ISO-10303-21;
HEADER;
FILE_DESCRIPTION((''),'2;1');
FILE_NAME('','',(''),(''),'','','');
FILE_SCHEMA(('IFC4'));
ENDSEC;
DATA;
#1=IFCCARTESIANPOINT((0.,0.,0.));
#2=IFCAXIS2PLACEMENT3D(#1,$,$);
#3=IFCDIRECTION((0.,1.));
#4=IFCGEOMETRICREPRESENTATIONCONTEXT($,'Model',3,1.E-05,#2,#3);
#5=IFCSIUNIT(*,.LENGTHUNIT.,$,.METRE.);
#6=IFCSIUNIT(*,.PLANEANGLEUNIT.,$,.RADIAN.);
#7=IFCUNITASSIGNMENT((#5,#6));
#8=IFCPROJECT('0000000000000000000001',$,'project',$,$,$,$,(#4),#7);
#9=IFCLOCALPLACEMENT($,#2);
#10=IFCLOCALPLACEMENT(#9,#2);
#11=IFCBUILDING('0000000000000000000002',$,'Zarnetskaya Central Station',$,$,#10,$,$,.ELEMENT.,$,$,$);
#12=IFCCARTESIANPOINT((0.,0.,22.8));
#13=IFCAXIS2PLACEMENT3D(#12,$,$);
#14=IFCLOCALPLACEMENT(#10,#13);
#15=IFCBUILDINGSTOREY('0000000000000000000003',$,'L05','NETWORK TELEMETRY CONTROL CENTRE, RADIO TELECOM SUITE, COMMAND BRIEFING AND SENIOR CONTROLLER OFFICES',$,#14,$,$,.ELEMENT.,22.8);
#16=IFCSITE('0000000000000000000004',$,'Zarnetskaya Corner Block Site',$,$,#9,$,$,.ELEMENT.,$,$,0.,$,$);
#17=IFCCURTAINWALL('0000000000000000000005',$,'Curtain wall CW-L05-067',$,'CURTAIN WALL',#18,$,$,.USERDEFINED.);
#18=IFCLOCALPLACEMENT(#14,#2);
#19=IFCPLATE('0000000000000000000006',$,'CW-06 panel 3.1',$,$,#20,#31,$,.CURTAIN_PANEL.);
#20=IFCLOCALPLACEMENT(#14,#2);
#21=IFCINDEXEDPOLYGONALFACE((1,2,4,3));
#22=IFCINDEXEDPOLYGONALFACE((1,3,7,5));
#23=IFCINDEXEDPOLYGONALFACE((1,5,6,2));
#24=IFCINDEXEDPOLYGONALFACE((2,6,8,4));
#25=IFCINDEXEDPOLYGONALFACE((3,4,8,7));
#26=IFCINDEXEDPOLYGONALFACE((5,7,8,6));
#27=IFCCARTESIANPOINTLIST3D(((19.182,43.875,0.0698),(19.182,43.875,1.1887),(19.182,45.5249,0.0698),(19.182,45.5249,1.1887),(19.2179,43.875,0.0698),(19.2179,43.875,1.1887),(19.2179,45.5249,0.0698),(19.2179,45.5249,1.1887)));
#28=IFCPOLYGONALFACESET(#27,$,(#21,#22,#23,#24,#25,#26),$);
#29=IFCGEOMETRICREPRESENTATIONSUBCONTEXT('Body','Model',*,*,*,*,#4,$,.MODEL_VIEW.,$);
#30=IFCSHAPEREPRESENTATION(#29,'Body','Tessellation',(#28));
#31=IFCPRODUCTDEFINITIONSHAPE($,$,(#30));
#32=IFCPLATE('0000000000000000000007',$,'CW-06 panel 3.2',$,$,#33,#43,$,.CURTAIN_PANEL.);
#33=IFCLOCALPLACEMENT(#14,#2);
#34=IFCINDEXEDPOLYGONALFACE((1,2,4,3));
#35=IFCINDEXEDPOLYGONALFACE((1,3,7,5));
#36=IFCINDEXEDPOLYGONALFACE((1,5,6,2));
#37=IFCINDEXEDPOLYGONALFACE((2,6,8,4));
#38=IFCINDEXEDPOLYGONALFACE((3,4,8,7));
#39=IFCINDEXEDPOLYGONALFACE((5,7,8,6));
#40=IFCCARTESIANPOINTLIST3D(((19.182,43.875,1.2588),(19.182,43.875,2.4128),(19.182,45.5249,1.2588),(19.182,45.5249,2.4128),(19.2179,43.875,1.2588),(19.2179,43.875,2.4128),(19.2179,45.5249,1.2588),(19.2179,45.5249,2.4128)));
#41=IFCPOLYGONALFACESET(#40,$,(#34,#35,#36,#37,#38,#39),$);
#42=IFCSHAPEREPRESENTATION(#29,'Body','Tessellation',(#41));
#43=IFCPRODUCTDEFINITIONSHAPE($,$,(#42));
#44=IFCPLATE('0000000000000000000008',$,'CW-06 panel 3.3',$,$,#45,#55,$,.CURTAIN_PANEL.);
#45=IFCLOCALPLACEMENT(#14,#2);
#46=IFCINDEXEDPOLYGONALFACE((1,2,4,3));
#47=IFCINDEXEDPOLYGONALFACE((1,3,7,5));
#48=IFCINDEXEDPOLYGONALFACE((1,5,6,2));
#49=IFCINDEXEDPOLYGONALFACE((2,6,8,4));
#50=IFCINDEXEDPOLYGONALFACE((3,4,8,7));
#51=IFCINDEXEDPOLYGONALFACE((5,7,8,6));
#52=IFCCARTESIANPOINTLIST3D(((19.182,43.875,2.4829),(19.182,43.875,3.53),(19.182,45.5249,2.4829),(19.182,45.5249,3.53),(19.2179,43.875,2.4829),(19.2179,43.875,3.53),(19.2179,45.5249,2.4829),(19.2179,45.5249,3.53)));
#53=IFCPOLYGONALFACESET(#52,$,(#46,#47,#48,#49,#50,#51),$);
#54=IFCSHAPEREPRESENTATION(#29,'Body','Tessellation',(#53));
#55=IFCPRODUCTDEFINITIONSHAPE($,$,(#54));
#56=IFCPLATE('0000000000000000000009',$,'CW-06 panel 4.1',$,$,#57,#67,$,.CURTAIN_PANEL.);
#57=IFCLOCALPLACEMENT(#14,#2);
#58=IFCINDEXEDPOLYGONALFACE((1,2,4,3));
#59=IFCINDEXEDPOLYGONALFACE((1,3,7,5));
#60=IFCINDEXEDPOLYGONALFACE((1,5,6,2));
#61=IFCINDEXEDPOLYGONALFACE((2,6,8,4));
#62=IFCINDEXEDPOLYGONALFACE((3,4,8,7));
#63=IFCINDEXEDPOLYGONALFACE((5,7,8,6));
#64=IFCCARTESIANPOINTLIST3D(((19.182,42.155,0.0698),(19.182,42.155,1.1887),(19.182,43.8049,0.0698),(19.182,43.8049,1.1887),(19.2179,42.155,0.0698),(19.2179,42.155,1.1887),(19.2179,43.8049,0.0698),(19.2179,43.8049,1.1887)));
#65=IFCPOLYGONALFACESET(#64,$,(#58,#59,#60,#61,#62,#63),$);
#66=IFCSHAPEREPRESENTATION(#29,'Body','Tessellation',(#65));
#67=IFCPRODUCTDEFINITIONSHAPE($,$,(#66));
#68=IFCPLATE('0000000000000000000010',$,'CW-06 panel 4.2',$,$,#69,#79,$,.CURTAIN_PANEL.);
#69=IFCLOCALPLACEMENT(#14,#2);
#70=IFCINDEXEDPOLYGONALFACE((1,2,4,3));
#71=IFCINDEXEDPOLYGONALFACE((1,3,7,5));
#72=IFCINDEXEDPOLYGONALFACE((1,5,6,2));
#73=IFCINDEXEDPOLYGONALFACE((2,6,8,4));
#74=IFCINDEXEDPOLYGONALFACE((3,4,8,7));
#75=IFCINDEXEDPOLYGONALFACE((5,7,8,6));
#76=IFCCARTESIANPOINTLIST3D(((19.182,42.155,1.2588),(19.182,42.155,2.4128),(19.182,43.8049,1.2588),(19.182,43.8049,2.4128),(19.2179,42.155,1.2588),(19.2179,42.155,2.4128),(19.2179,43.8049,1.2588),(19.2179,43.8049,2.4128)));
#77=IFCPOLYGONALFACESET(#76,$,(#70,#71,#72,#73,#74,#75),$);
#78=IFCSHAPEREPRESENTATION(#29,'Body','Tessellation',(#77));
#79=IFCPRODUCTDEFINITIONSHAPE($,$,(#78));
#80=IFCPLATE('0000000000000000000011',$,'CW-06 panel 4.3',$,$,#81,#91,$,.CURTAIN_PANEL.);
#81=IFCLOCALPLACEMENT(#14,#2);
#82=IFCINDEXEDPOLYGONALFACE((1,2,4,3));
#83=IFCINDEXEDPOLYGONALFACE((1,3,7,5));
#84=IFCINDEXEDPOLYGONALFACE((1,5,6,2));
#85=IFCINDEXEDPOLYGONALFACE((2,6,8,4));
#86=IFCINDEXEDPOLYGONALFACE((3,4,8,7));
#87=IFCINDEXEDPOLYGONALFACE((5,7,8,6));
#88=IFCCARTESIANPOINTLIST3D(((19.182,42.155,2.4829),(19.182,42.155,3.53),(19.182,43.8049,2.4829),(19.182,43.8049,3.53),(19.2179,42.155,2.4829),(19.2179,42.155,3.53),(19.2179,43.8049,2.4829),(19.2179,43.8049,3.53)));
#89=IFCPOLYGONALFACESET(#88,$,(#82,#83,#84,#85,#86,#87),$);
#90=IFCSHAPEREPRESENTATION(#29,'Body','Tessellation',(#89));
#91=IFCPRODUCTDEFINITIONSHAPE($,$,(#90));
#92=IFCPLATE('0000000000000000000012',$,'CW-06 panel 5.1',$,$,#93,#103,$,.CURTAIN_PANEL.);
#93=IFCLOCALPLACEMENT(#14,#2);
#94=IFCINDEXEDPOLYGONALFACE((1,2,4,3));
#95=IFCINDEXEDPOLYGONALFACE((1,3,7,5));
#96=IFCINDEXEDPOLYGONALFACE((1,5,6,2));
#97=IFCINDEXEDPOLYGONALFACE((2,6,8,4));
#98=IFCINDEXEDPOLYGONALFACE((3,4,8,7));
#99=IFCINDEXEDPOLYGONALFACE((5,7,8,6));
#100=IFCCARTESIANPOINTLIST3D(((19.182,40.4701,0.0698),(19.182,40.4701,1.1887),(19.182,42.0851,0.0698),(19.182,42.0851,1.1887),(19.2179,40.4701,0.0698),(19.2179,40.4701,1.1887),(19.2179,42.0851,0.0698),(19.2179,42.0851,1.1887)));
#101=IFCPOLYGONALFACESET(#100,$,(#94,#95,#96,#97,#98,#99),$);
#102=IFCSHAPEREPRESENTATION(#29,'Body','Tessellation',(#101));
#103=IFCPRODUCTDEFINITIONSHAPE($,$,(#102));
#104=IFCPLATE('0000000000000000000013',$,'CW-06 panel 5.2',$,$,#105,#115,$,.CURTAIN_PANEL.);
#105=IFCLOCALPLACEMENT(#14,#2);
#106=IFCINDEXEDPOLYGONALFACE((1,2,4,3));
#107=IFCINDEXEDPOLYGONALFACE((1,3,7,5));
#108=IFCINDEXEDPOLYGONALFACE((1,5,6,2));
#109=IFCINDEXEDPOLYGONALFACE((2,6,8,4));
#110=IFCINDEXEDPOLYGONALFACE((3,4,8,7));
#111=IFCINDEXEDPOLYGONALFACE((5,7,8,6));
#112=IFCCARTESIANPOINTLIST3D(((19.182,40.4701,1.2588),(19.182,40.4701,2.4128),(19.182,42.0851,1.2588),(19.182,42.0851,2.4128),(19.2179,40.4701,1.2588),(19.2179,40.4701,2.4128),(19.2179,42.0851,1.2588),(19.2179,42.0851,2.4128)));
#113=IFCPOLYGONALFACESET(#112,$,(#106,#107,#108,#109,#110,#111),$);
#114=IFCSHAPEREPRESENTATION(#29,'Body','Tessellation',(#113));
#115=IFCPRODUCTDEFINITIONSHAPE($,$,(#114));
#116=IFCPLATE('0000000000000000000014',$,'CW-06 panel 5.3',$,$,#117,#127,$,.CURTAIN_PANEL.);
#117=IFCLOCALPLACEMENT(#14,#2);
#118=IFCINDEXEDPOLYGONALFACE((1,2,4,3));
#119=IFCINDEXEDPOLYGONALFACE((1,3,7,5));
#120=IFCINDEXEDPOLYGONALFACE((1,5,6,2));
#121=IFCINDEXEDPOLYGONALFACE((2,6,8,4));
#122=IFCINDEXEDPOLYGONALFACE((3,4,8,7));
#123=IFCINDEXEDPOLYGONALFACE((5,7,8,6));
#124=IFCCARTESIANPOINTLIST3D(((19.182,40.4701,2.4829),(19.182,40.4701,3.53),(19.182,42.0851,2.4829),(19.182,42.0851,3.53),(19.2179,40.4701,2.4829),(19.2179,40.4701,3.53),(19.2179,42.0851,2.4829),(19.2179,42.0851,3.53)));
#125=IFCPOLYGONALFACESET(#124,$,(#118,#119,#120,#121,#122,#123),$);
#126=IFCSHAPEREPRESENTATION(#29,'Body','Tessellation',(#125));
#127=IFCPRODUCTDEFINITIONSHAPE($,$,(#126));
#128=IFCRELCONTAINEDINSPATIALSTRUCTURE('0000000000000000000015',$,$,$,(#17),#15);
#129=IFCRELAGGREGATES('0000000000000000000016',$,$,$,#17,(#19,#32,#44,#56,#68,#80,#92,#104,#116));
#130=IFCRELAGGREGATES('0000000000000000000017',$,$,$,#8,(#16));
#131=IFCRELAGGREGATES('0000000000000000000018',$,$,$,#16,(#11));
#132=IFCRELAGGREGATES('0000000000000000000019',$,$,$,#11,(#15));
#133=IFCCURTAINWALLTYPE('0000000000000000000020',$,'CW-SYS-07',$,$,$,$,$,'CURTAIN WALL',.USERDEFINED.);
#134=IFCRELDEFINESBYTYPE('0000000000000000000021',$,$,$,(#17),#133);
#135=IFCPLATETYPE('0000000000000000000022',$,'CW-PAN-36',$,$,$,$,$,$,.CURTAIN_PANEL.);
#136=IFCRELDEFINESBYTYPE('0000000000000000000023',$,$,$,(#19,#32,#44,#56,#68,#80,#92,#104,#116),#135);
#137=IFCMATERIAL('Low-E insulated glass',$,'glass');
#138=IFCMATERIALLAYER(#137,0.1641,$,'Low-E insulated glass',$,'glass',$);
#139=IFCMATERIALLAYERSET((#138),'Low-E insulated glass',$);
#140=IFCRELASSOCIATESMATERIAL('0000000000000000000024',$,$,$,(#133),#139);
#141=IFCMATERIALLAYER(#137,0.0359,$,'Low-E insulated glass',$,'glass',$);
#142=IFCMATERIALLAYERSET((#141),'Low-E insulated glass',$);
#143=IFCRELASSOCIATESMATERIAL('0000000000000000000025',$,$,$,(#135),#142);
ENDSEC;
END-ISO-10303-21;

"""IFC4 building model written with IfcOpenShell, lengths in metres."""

from ifc_helpers import new_model, si_unit, direction, frame, origin, origin_2d, place, context, subcontext, project, spatial, rectangle, extrude, material, layer, layer_set, type_object, element, aggregate, save


model = new_model("IFC4")

# Units and contexts
model_context = context("Model", 3, precision=1e-05, world=origin(), true_north=direction((0.0, 1.0)))
body_context = subcontext(model_context, "Body", "Model", "MODEL_VIEW")
ifc_project = project(units=[si_unit("LENGTHUNIT", "METRE"), si_unit("PLANEANGLEUNIT", "RADIAN")], contexts=[model_context])

# Site, building, storey
site_placement = place(None, origin())
site = spatial("IfcSite", under=ifc_project, at=site_placement, Name="Zarnetskaya Corner Block Site", CompositionType="ELEMENT", RefElevation=0.0)
building_placement = place(site_placement, origin())
building = spatial("IfcBuilding", under=site, at=building_placement, Name="Zarnetskaya Central Station", CompositionType="ELEMENT")
storey_placement = place(building_placement, frame((0.0, 0.0, 22.8)))
storey = spatial("IfcBuildingStorey", under=building, at=storey_placement, Name="L05", Description="NETWORK TELEMETRY CONTROL CENTRE, RADIO TELECOM SUITE, COMMAND BRIEFING AND SENIOR CONTROLLER OFFICES", CompositionType="ELEMENT", Elevation=22.8)

# Curtain wall
ifc_material_1 = material(Name="Low-E insulated glass", Category="glass")
ifc_layer_1 = layer(ifc_material_1, 0.1641, Name="Low-E insulated glass", Category="glass")
ifc_layer_set_1 = layer_set([ifc_layer_1], Name="Low-E insulated glass")
curtain_wall_type = type_object("IfcCurtainWallType", Name="CW-SYS-07", ElementType="CURTAIN WALL", PredefinedType="USERDEFINED", material=ifc_layer_set_1)
curtain_wall_placement = place(storey_placement, origin())
curtain_wall = element("IfcCurtainWall", 1, at=curtain_wall_placement, inside=storey, type_object=curtain_wall_type, Name="Curtain wall CW-L05-067", ObjectType="CURTAIN WALL", PredefinedType="USERDEFINED")

# Plates
ifc_layer_2 = layer(ifc_material_1, 0.0359, Name="Low-E insulated glass", Category="glass")
ifc_layer_set_2 = layer_set([ifc_layer_2], Name="Low-E insulated glass")
plate_type = type_object("IfcPlateType", Name="CW-PAN-36", PredefinedType="CURTAIN_PANEL", material=ifc_layer_set_2)
plate_1_placement = place(storey_placement, frame((19.2, 44.7, 0.0698), z_axis=(0.0, 0.0, 1.0), x_axis=(0.0, -1.0, 0.0)))
plate_1 = element("IfcPlate", 2, at=plate_1_placement, type_object=plate_type, Name="CW-06 panel 3.1", PredefinedType="CURTAIN_PANEL", context=body_context, shape_type="SweptSolid", body=[
    extrude(rectangle(XDim=1.6499, YDim=0.0359, at=origin_2d()), origin(), (0.0, 0.0, 1.0), 1.1189),
])
plate_2_placement = place(storey_placement, frame((19.2, 44.7, 1.2588), z_axis=(0.0, 0.0, 1.0), x_axis=(0.0, -1.0, 0.0)))
plate_2 = element("IfcPlate", 3, at=plate_2_placement, type_object=plate_type, Name="CW-06 panel 3.2", PredefinedType="CURTAIN_PANEL", context=body_context, shape_type="SweptSolid", body=[
    extrude(rectangle(XDim=1.6499, YDim=0.0359, at=origin_2d()), origin(), (0.0, 0.0, 1.0), 1.1541),
])
plate_3_placement = place(storey_placement, frame((19.2, 44.7, 2.4829), z_axis=(0.0, 0.0, 1.0), x_axis=(0.0, -1.0, 0.0)))
plate_3 = element("IfcPlate", 4, at=plate_3_placement, type_object=plate_type, Name="CW-06 panel 3.3", PredefinedType="CURTAIN_PANEL", context=body_context, shape_type="SweptSolid", body=[
    extrude(rectangle(XDim=1.6499, YDim=0.0359, at=origin_2d()), origin(), (0.0, 0.0, 1.0), 1.0471),
])
plate_4_placement = place(storey_placement, frame((19.2, 42.98, 0.0698), z_axis=(0.0, 0.0, 1.0), x_axis=(0.0, -1.0, 0.0)))
plate_4 = element("IfcPlate", 5, at=plate_4_placement, type_object=plate_type, Name="CW-06 panel 4.1", PredefinedType="CURTAIN_PANEL", context=body_context, shape_type="SweptSolid", body=[
    extrude(rectangle(XDim=1.6499, YDim=0.0359, at=origin_2d()), origin(), (0.0, 0.0, 1.0), 1.1189),
])
plate_5_placement = place(storey_placement, frame((19.2, 42.98, 1.2588), z_axis=(0.0, 0.0, 1.0), x_axis=(0.0, -1.0, 0.0)))
plate_5 = element("IfcPlate", 6, at=plate_5_placement, type_object=plate_type, Name="CW-06 panel 4.2", PredefinedType="CURTAIN_PANEL", context=body_context, shape_type="SweptSolid", body=[
    extrude(rectangle(XDim=1.6499, YDim=0.0359, at=origin_2d()), origin(), (0.0, 0.0, 1.0), 1.1541),
])
plate_6_placement = place(storey_placement, frame((19.2, 42.98, 2.4829), z_axis=(0.0, 0.0, 1.0), x_axis=(0.0, -1.0, 0.0)))
plate_6 = element("IfcPlate", 7, at=plate_6_placement, type_object=plate_type, Name="CW-06 panel 4.3", PredefinedType="CURTAIN_PANEL", context=body_context, shape_type="SweptSolid", body=[
    extrude(rectangle(XDim=1.6499, YDim=0.0359, at=origin_2d()), origin(), (0.0, 0.0, 1.0), 1.0471),
])
plate_7_placement = place(storey_placement, frame((19.2, 41.2776, 0.0698), z_axis=(0.0, 0.0, 1.0), x_axis=(0.0, -1.0, 0.0)))
plate_7 = element("IfcPlate", 8, at=plate_7_placement, type_object=plate_type, Name="CW-06 panel 5.1", PredefinedType="CURTAIN_PANEL", context=body_context, shape_type="SweptSolid", body=[
    extrude(rectangle(XDim=1.615, YDim=0.0359, at=origin_2d()), origin(), (0.0, 0.0, 1.0), 1.1189),
])
plate_8_placement = place(storey_placement, frame((19.2, 41.2776, 1.2588), z_axis=(0.0, 0.0, 1.0), x_axis=(0.0, -1.0, 0.0)))
plate_8 = element("IfcPlate", 9, at=plate_8_placement, type_object=plate_type, Name="CW-06 panel 5.2", PredefinedType="CURTAIN_PANEL", context=body_context, shape_type="SweptSolid", body=[
    extrude(rectangle(XDim=1.615, YDim=0.0359, at=origin_2d()), origin(), (0.0, 0.0, 1.0), 1.1541),
])
plate_9_placement = place(storey_placement, frame((19.2, 41.2776, 2.4829), z_axis=(0.0, 0.0, 1.0), x_axis=(0.0, -1.0, 0.0)))
plate_9 = element("IfcPlate", 10, at=plate_9_placement, type_object=plate_type, Name="CW-06 panel 5.3", PredefinedType="CURTAIN_PANEL", context=body_context, shape_type="SweptSolid", body=[
    extrude(rectangle(XDim=1.615, YDim=0.0359, at=origin_2d()), origin(), (0.0, 0.0, 1.0), 1.0471),
])
aggregate(curtain_wall, [plate_1, plate_2, plate_3, plate_4, plate_5, plate_6, plate_7, plate_8, plate_9])

save(model, "model.ifc")
